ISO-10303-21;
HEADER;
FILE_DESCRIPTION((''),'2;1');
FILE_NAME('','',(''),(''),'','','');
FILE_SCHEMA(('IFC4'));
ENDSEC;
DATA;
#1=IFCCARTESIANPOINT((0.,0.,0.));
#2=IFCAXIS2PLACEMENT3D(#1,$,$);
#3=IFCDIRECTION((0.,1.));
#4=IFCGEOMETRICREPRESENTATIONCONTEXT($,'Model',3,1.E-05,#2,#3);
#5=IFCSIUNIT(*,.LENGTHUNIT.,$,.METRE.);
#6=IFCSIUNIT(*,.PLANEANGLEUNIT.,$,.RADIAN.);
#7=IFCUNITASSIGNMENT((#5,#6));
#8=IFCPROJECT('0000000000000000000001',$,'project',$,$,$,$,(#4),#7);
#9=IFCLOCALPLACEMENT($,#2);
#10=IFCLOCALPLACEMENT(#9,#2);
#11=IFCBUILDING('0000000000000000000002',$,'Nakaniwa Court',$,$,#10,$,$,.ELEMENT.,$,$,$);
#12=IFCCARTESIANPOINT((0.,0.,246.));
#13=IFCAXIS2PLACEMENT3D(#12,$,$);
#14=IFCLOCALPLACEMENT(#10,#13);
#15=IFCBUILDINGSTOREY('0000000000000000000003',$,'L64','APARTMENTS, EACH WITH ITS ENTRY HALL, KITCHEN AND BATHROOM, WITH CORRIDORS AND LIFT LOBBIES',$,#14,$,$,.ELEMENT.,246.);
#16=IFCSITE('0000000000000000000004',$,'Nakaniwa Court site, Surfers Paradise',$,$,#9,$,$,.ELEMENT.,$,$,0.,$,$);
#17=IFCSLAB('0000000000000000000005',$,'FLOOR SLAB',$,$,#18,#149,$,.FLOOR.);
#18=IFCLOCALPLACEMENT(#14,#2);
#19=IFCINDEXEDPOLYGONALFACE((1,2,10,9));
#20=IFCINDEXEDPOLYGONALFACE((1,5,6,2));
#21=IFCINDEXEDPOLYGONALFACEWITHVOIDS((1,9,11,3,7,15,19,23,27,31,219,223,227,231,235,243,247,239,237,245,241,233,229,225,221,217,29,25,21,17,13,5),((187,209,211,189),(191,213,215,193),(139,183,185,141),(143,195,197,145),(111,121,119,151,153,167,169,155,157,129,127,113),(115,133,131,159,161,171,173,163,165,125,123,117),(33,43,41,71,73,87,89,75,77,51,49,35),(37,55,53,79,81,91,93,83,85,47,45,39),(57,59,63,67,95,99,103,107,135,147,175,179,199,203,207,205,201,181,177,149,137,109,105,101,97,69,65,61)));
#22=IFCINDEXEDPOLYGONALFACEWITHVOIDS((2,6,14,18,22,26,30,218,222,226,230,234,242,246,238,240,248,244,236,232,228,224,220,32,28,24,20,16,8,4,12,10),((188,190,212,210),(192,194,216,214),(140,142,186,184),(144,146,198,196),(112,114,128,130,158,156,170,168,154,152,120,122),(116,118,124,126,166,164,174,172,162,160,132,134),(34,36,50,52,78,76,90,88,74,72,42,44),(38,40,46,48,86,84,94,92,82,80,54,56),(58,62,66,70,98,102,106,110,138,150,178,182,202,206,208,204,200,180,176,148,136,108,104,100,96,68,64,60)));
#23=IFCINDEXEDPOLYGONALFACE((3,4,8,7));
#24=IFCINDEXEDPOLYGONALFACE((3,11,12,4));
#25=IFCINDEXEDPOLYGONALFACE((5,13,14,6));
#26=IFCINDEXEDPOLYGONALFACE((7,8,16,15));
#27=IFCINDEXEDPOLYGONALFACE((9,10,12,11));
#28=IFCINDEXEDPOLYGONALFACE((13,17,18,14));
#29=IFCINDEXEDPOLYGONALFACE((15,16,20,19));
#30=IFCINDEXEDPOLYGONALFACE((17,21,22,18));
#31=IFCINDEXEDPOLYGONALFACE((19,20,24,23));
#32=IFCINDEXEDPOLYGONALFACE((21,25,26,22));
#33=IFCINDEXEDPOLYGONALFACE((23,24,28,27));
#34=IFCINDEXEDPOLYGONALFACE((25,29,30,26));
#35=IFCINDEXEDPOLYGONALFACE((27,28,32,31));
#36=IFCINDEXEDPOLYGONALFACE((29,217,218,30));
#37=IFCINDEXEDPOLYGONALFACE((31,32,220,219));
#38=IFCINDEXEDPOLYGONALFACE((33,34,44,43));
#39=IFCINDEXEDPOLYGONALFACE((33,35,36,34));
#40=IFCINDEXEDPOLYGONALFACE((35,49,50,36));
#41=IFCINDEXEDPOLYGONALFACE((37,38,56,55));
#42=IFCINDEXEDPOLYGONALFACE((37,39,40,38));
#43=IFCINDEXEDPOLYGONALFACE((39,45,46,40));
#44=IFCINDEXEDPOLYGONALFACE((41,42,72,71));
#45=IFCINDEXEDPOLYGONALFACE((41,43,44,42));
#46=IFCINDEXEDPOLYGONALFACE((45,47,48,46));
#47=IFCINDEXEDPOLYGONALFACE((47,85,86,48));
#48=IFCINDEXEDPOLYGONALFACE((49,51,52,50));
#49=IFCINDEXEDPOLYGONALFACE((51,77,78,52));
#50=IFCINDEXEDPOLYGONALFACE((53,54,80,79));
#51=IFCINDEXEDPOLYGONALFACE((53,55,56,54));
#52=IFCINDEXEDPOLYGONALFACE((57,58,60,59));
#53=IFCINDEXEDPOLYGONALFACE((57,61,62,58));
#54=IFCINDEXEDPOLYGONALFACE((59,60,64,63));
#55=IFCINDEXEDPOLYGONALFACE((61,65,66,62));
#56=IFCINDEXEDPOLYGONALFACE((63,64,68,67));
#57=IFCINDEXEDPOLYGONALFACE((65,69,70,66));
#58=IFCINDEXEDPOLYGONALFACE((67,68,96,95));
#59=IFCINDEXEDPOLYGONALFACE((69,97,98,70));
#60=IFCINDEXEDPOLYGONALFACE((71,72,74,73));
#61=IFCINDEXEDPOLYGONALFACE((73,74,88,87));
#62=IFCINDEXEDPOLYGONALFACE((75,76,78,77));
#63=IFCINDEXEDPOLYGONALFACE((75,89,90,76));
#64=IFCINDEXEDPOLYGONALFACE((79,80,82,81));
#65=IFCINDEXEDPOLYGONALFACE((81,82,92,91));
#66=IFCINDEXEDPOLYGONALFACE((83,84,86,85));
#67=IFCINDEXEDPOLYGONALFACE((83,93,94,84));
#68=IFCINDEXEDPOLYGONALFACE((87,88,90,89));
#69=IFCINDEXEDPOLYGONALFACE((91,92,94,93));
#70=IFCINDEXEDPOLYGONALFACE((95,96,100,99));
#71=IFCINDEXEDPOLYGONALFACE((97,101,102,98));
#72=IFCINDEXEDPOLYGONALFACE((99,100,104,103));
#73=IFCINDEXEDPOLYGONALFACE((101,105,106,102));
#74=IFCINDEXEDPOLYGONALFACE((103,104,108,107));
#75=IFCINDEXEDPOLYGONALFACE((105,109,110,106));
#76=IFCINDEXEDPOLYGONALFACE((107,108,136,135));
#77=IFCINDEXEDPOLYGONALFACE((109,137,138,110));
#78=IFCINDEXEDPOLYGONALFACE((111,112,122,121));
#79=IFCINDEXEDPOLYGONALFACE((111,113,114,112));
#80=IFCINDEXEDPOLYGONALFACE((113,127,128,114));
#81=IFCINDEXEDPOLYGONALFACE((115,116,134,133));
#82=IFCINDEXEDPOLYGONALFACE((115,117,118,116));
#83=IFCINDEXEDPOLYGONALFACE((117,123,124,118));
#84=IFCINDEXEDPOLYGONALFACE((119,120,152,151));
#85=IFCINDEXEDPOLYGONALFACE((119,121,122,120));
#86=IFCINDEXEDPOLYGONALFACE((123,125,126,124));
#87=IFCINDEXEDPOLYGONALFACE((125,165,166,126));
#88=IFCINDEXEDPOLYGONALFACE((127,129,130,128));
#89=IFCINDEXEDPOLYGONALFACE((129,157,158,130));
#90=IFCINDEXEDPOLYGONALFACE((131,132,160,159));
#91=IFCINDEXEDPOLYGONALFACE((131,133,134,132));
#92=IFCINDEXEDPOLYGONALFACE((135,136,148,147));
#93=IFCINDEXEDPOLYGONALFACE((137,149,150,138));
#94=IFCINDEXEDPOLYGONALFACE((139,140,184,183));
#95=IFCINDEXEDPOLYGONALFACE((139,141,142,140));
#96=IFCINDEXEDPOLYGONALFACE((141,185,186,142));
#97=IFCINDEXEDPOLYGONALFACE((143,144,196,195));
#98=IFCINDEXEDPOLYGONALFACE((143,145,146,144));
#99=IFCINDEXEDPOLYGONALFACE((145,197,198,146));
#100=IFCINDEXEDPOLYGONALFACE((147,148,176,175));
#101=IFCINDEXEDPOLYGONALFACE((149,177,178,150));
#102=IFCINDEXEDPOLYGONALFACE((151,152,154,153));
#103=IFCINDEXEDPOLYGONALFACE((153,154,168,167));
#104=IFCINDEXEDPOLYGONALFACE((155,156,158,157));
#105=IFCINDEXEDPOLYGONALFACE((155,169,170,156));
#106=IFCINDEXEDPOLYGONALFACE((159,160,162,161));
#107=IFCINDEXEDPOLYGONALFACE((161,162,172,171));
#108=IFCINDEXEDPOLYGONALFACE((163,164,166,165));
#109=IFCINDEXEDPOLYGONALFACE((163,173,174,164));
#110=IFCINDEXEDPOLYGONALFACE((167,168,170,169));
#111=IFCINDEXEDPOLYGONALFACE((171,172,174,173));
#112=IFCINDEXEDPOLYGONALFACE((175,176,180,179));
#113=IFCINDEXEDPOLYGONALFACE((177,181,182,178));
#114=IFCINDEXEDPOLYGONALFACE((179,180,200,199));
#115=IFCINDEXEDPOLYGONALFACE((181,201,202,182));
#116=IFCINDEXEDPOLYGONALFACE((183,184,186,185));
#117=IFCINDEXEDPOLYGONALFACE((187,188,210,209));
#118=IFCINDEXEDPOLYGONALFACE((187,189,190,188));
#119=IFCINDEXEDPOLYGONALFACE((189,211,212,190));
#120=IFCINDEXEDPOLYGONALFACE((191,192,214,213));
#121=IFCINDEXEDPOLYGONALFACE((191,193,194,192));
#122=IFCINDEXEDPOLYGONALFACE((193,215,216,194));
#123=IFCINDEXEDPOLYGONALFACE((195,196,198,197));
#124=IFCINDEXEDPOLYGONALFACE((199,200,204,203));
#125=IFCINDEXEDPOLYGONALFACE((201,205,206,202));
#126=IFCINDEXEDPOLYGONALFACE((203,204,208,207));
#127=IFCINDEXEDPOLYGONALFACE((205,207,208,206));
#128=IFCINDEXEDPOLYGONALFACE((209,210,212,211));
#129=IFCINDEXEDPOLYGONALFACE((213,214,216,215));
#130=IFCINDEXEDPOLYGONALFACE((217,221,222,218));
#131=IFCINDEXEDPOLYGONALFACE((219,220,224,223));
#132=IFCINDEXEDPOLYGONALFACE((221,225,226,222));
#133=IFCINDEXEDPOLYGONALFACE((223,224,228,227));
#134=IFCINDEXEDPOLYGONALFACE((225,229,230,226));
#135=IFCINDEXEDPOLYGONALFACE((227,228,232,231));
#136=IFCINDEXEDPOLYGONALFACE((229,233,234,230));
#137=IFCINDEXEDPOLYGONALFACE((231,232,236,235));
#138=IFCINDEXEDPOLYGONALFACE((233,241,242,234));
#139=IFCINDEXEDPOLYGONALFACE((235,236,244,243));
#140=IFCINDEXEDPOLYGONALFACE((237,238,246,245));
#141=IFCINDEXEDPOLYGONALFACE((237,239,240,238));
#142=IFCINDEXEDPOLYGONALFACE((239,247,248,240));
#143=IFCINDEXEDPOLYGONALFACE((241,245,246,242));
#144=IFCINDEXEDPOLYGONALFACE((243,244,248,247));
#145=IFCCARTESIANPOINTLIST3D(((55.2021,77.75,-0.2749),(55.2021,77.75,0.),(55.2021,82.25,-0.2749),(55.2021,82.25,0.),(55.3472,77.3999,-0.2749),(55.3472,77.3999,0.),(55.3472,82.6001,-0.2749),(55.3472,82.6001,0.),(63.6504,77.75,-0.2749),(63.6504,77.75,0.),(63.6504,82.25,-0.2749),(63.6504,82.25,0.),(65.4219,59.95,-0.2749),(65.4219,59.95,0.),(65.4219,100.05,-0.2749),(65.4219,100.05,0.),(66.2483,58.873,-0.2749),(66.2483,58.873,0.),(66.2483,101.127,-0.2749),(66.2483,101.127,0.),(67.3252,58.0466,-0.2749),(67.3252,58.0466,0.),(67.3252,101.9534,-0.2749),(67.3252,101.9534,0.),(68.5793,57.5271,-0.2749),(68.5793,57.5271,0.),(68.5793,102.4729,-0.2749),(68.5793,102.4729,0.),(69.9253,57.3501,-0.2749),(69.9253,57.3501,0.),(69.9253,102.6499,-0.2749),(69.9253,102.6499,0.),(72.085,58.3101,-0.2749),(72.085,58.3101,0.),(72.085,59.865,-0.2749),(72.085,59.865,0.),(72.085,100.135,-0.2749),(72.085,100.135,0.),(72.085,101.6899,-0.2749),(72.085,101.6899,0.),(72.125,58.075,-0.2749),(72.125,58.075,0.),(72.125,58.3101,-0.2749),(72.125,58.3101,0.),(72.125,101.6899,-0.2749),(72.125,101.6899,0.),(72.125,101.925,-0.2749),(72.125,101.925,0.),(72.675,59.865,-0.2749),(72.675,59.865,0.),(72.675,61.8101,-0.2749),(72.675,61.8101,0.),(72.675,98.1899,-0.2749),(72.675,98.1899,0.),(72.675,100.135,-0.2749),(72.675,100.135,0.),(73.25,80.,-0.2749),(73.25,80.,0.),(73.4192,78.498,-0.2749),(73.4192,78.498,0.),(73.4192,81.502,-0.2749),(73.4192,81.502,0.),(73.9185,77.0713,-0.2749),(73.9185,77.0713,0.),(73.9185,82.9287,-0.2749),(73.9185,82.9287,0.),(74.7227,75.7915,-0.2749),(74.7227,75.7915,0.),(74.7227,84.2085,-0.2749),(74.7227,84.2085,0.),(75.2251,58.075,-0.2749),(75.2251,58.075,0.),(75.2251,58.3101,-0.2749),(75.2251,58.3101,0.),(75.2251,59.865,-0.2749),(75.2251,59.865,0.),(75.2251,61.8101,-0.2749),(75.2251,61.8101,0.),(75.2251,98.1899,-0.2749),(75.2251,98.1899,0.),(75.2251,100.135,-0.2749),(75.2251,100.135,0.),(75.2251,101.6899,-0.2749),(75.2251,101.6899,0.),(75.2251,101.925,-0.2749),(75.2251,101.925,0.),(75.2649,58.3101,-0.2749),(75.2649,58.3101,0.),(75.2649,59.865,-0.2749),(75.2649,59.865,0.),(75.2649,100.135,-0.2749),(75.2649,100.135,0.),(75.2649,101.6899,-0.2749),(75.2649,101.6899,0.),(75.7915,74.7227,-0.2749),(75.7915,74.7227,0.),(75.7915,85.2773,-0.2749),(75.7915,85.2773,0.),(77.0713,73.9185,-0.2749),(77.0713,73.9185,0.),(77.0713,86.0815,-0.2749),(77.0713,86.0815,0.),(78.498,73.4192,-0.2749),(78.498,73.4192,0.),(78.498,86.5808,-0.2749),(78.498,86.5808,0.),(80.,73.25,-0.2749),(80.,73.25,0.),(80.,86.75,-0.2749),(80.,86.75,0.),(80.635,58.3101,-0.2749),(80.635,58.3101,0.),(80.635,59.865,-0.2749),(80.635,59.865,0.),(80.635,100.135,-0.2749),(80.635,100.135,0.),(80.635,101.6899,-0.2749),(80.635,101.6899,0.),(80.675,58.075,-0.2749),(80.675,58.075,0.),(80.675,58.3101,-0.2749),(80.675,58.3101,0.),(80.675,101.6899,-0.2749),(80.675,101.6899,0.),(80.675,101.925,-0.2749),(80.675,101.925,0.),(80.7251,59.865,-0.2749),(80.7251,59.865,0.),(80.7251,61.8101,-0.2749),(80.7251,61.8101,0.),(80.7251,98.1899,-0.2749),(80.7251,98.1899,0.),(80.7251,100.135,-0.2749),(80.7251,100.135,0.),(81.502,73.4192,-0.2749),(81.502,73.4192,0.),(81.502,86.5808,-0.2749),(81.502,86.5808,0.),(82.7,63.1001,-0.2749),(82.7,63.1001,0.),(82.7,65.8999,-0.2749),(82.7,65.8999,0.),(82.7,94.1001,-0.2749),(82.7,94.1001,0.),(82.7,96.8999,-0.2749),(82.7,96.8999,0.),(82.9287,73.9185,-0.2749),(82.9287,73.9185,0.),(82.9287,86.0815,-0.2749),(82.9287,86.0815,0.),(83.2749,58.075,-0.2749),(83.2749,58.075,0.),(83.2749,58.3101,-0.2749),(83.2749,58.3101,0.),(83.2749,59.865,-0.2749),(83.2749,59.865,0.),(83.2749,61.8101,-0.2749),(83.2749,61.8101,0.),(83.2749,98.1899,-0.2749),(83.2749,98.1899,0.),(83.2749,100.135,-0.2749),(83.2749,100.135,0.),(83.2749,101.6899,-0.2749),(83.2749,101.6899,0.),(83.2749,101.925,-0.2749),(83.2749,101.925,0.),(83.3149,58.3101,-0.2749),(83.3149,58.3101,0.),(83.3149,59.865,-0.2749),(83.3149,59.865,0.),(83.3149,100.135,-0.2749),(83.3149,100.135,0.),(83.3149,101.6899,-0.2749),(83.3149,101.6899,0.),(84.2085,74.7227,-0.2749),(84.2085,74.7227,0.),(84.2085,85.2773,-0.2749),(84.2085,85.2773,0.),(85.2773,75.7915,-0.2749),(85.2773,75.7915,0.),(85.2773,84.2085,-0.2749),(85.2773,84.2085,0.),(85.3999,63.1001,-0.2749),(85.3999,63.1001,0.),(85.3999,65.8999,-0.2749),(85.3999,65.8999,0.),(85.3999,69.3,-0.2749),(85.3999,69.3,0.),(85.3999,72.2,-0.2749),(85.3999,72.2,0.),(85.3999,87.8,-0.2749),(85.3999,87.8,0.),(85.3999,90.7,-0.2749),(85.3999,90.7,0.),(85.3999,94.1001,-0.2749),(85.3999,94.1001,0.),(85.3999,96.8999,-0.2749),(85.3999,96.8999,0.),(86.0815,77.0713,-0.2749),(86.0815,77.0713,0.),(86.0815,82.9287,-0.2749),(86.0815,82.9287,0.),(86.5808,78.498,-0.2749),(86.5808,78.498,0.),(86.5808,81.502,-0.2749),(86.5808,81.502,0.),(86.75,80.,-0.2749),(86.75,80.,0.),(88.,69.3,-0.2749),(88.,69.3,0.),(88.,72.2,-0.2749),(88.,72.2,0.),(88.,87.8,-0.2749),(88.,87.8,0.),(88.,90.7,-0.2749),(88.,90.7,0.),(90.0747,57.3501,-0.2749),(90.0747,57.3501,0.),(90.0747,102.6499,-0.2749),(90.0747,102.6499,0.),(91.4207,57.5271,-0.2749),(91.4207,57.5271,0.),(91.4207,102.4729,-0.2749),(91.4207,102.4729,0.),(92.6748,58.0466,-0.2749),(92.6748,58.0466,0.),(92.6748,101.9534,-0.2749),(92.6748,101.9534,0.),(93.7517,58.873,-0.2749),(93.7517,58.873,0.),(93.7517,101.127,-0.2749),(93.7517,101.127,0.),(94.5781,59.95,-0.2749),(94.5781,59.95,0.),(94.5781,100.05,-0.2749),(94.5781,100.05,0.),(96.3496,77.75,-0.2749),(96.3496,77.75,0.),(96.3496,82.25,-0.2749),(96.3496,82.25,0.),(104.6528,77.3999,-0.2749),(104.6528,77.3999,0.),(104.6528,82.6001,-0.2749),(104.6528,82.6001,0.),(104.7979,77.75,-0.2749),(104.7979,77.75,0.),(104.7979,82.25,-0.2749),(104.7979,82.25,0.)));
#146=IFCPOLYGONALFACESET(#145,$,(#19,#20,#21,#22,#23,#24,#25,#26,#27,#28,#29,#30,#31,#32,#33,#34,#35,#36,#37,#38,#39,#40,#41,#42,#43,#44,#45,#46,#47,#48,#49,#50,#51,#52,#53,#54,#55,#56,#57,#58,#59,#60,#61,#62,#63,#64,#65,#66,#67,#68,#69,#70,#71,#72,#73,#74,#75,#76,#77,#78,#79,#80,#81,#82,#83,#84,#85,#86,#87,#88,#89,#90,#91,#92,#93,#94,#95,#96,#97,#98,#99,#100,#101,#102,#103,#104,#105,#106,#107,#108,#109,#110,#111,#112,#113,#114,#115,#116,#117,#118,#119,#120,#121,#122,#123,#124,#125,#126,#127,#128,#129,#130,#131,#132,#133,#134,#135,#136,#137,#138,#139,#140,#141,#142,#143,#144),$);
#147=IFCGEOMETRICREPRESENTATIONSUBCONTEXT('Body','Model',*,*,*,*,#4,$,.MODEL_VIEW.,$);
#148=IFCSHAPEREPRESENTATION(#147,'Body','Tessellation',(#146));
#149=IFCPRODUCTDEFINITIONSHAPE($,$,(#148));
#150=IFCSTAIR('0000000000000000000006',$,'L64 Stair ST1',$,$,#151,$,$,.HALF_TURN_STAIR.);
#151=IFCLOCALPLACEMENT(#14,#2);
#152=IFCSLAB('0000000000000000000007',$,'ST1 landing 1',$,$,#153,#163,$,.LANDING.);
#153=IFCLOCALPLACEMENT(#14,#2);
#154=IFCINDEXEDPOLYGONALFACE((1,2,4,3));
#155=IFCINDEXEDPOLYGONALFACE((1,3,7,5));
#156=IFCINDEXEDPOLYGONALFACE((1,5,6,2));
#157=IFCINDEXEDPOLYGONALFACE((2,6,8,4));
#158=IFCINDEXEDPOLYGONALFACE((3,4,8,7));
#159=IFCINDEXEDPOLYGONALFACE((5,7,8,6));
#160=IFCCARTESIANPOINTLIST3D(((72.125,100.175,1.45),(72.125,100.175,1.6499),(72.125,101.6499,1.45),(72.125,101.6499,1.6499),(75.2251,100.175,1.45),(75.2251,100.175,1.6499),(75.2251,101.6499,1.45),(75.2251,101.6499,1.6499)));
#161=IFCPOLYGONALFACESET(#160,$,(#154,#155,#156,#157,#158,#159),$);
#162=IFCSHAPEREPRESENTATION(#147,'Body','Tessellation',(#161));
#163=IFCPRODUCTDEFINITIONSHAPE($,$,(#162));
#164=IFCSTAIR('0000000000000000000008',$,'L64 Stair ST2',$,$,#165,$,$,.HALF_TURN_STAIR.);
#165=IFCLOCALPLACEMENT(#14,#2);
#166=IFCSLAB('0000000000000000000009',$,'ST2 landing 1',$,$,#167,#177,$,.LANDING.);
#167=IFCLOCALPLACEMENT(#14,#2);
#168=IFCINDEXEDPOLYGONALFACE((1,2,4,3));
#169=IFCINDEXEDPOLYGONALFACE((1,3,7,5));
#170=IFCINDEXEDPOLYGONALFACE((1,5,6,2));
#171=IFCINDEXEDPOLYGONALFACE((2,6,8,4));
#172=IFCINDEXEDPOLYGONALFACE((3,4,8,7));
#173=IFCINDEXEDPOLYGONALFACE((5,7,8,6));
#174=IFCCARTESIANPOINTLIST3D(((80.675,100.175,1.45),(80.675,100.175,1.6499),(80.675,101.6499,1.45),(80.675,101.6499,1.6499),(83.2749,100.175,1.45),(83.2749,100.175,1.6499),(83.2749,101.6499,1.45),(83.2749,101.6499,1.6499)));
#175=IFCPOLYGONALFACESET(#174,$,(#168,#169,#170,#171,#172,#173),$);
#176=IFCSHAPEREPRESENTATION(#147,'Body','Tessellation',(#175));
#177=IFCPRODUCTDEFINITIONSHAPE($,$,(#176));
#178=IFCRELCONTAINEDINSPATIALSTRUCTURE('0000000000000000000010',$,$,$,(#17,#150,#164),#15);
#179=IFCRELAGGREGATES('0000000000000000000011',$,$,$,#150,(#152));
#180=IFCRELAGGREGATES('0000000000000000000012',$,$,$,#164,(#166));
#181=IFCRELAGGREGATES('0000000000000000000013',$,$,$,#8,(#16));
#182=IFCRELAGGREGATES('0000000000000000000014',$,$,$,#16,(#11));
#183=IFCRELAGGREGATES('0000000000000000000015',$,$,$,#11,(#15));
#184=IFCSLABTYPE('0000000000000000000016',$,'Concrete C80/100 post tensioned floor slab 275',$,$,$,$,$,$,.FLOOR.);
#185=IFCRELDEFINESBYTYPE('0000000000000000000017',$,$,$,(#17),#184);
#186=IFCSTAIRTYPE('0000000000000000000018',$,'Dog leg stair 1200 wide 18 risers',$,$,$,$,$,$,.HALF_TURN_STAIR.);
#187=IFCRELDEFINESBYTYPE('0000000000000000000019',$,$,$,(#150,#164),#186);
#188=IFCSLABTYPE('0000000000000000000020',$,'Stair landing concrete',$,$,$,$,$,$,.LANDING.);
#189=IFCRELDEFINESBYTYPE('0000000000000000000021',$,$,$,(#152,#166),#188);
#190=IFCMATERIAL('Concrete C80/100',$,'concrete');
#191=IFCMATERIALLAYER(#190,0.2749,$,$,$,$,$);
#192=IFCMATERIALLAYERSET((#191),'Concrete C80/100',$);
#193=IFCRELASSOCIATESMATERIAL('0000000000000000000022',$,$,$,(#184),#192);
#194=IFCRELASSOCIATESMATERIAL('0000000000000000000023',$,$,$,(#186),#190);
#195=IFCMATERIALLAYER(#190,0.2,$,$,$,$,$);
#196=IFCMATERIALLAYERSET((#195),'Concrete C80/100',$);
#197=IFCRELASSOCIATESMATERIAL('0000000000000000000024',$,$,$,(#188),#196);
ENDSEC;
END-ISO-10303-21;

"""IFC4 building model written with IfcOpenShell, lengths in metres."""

from ifc_helpers import new_model, si_unit, direction, frame, origin, place, context, subcontext, project, spatial, polyline, outline, extrude, material, layer, layer_set, type_object, element, aggregate, save


model = new_model("IFC4")

# Units and contexts
model_context = context("Model", 3, precision=1e-05, world=origin(), true_north=direction((0.0, 1.0)))
body_context = subcontext(model_context, "Body", "Model", "MODEL_VIEW")
ifc_project = project(units=[si_unit("LENGTHUNIT", "METRE"), si_unit("PLANEANGLEUNIT", "RADIAN")], contexts=[model_context])

# Site, building, storey
site_placement = place(None, origin())
site = spatial("IfcSite", under=ifc_project, at=site_placement, Name="Nakaniwa Court site, Surfers Paradise", CompositionType="ELEMENT", RefElevation=0.0)
building_placement = place(site_placement, origin())
building = spatial("IfcBuilding", under=site, at=building_placement, Name="Nakaniwa Court", CompositionType="ELEMENT")
storey_placement = place(building_placement, frame((0.0, 0.0, 246.0)))
storey = spatial("IfcBuildingStorey", under=building, at=storey_placement, Name="L64", Description="APARTMENTS, EACH WITH ITS ENTRY HALL, KITCHEN AND BATHROOM, WITH CORRIDORS AND LIFT LOBBIES", CompositionType="ELEMENT", Elevation=246.0)

# Shared definitions
ifc_material_1 = material(Name="Concrete C80/100", Category="concrete")

# Slab
ifc_layer_1 = layer(ifc_material_1, 0.2749)
ifc_layer_set_1 = layer_set([ifc_layer_1], Name="Concrete C80/100")
slab_type_1 = type_object("IfcSlabType", Name="Concrete C80/100 post tensioned floor slab 275", PredefinedType="FLOOR", material=ifc_layer_set_1)
slab_1_placement = place(storey_placement, frame((0.0, 0.0, -0.2749)))
element("IfcSlab", 1, at=slab_1_placement, inside=storey, type_object=slab_type_1, Name="FLOOR SLAB", PredefinedType="FLOOR", context=body_context, shape_type="SweptSolid", body=[
    extrude(outline(polyline([(96.3496, 82.25), (104.7979, 82.25), (104.6528, 82.6001), (94.5781, 100.05), (93.7517, 101.127), (92.6748, 101.9534), (91.4207, 102.4729), (90.0747, 102.6499), (69.9253, 102.6499), (68.5793, 102.4729), (67.3252, 101.9534), (66.2483, 101.127), (65.4219, 100.05), (55.3472, 82.6001), (55.2021, 82.25), (63.6504, 82.25), (63.6504, 77.75), (55.2021, 77.75), (55.3472, 77.3999), (65.4219, 59.95), (66.2483, 58.873), (67.3252, 58.0466), (68.5793, 57.5271), (69.9253, 57.3501), (90.0747, 57.3501), (91.4207, 57.5271), (92.6748, 58.0466), (93.7517, 58.873), (94.5781, 59.95), (104.6528, 77.3999), (104.7979, 77.75), (96.3496, 77.75), (96.3496, 82.25)]), holes=[polyline([(81.502, 86.5808), (80.0, 86.75), (78.498, 86.5808), (77.0713, 86.0815), (75.7915, 85.2773), (74.7227, 84.2085), (73.9185, 82.9287), (73.4192, 81.502), (73.25, 80.0), (73.4192, 78.498), (73.9185, 77.0713), (74.7227, 75.7915), (75.7915, 74.7227), (77.0713, 73.9185), (78.498, 73.4192), (80.0, 73.25), (81.502, 73.4192), (82.9287, 73.9185), (84.2085, 74.7227), (85.2773, 75.7915), (86.0815, 77.0713), (86.5808, 78.498), (86.75, 80.0), (86.5808, 81.502), (86.0815, 82.9287), (85.2773, 84.2085), (84.2085, 85.2773), (82.9287, 86.0815), (81.502, 86.5808)]), polyline([(72.675, 61.8101), (72.675, 59.865), (72.085, 59.865), (72.085, 58.3101), (72.125, 58.3101), (72.125, 58.075), (75.2251, 58.075), (75.2251, 58.3101), (75.2649, 58.3101), (75.2649, 59.865), (75.2251, 59.865), (75.2251, 61.8101), (72.675, 61.8101)]), polyline([(83.2749, 61.8101), (80.7251, 61.8101), (80.7251, 59.865), (80.635, 59.865), (80.635, 58.3101), (80.675, 58.3101), (80.675, 58.075), (83.2749, 58.075), (83.2749, 58.3101), (83.3149, 58.3101), (83.3149, 59.865), (83.2749, 59.865), (83.2749, 61.8101)]), polyline([(75.2649, 101.6899), (75.2251, 101.6899), (75.2251, 101.925), (72.125, 101.925), (72.125, 101.6899), (72.085, 101.6899), (72.085, 100.135), (72.675, 100.135), (72.675, 98.1899), (75.2251, 98.1899), (75.2251, 100.135), (75.2649, 100.135), (75.2649, 101.6899)]), polyline([(83.3149, 100.135), (83.3149, 101.6899), (83.2749, 101.6899), (83.2749, 101.925), (80.675, 101.925), (80.675, 101.6899), (80.635, 101.6899), (80.635, 100.135), (80.7251, 100.135), (80.7251, 98.1899), (83.2749, 98.1899), (83.2749, 100.135), (83.3149, 100.135)]), polyline([(85.3999, 65.8999), (82.7, 65.8999), (82.7, 63.1001), (85.3999, 63.1001), (85.3999, 65.8999)]), polyline([(88.0, 72.2), (85.3999, 72.2), (85.3999, 69.3), (88.0, 69.3), (88.0, 72.2)]), polyline([(85.3999, 90.7), (85.3999, 87.8), (88.0, 87.8), (88.0, 90.7), (85.3999, 90.7)]), polyline([(85.3999, 96.8999), (82.7, 96.8999), (82.7, 94.1001), (85.3999, 94.1001), (85.3999, 96.8999)])]), origin(), (0.0, 0.0, 1.0), 0.2749),
])

# Stairs, slabs
stair_type = type_object("IfcStairType", Name="Dog leg stair 1200 wide 18 risers", PredefinedType="HALF_TURN_STAIR", material=ifc_material_1)
stair_1_placement = place(storey_placement, origin())
stair_1 = element("IfcStair", 2, at=stair_1_placement, inside=storey, type_object=stair_type, Name="L64 Stair ST1", PredefinedType="HALF_TURN_STAIR")
ifc_layer_2 = layer(ifc_material_1, 0.2)
ifc_layer_set_2 = layer_set([ifc_layer_2], Name="Concrete C80/100")
slab_type_2 = type_object("IfcSlabType", Name="Stair landing concrete", PredefinedType="LANDING", material=ifc_layer_set_2)
slab_2_placement = place(storey_placement, frame((0.0, 0.0, 1.45)))
slab_2 = element("IfcSlab", 3, at=slab_2_placement, type_object=slab_type_2, Name="ST1 landing 1", PredefinedType="LANDING", context=body_context, shape_type="SweptSolid", body=[
    extrude(outline(polyline([(75.2251, 100.175), (75.2251, 101.6499), (72.125, 101.6499), (72.125, 100.175), (75.2251, 100.175)])), origin(), (0.0, 0.0, 1.0), 0.2),
])
aggregate(stair_1, [slab_2])
stair_2_placement = place(storey_placement, origin())
stair_2 = element("IfcStair", 4, at=stair_2_placement, inside=storey, type_object=stair_type, Name="L64 Stair ST2", PredefinedType="HALF_TURN_STAIR")
slab_3_placement = place(storey_placement, frame((0.0, 0.0, 1.45)))
slab_3 = element("IfcSlab", 5, at=slab_3_placement, type_object=slab_type_2, Name="ST2 landing 1", PredefinedType="LANDING", context=body_context, shape_type="SweptSolid", body=[
    extrude(outline(polyline([(83.2749, 100.175), (83.2749, 101.6499), (80.675, 101.6499), (80.675, 100.175), (83.2749, 100.175)])), origin(), (0.0, 0.0, 1.0), 0.2),
])
aggregate(stair_2, [slab_3])

save(model, "model.ifc")
